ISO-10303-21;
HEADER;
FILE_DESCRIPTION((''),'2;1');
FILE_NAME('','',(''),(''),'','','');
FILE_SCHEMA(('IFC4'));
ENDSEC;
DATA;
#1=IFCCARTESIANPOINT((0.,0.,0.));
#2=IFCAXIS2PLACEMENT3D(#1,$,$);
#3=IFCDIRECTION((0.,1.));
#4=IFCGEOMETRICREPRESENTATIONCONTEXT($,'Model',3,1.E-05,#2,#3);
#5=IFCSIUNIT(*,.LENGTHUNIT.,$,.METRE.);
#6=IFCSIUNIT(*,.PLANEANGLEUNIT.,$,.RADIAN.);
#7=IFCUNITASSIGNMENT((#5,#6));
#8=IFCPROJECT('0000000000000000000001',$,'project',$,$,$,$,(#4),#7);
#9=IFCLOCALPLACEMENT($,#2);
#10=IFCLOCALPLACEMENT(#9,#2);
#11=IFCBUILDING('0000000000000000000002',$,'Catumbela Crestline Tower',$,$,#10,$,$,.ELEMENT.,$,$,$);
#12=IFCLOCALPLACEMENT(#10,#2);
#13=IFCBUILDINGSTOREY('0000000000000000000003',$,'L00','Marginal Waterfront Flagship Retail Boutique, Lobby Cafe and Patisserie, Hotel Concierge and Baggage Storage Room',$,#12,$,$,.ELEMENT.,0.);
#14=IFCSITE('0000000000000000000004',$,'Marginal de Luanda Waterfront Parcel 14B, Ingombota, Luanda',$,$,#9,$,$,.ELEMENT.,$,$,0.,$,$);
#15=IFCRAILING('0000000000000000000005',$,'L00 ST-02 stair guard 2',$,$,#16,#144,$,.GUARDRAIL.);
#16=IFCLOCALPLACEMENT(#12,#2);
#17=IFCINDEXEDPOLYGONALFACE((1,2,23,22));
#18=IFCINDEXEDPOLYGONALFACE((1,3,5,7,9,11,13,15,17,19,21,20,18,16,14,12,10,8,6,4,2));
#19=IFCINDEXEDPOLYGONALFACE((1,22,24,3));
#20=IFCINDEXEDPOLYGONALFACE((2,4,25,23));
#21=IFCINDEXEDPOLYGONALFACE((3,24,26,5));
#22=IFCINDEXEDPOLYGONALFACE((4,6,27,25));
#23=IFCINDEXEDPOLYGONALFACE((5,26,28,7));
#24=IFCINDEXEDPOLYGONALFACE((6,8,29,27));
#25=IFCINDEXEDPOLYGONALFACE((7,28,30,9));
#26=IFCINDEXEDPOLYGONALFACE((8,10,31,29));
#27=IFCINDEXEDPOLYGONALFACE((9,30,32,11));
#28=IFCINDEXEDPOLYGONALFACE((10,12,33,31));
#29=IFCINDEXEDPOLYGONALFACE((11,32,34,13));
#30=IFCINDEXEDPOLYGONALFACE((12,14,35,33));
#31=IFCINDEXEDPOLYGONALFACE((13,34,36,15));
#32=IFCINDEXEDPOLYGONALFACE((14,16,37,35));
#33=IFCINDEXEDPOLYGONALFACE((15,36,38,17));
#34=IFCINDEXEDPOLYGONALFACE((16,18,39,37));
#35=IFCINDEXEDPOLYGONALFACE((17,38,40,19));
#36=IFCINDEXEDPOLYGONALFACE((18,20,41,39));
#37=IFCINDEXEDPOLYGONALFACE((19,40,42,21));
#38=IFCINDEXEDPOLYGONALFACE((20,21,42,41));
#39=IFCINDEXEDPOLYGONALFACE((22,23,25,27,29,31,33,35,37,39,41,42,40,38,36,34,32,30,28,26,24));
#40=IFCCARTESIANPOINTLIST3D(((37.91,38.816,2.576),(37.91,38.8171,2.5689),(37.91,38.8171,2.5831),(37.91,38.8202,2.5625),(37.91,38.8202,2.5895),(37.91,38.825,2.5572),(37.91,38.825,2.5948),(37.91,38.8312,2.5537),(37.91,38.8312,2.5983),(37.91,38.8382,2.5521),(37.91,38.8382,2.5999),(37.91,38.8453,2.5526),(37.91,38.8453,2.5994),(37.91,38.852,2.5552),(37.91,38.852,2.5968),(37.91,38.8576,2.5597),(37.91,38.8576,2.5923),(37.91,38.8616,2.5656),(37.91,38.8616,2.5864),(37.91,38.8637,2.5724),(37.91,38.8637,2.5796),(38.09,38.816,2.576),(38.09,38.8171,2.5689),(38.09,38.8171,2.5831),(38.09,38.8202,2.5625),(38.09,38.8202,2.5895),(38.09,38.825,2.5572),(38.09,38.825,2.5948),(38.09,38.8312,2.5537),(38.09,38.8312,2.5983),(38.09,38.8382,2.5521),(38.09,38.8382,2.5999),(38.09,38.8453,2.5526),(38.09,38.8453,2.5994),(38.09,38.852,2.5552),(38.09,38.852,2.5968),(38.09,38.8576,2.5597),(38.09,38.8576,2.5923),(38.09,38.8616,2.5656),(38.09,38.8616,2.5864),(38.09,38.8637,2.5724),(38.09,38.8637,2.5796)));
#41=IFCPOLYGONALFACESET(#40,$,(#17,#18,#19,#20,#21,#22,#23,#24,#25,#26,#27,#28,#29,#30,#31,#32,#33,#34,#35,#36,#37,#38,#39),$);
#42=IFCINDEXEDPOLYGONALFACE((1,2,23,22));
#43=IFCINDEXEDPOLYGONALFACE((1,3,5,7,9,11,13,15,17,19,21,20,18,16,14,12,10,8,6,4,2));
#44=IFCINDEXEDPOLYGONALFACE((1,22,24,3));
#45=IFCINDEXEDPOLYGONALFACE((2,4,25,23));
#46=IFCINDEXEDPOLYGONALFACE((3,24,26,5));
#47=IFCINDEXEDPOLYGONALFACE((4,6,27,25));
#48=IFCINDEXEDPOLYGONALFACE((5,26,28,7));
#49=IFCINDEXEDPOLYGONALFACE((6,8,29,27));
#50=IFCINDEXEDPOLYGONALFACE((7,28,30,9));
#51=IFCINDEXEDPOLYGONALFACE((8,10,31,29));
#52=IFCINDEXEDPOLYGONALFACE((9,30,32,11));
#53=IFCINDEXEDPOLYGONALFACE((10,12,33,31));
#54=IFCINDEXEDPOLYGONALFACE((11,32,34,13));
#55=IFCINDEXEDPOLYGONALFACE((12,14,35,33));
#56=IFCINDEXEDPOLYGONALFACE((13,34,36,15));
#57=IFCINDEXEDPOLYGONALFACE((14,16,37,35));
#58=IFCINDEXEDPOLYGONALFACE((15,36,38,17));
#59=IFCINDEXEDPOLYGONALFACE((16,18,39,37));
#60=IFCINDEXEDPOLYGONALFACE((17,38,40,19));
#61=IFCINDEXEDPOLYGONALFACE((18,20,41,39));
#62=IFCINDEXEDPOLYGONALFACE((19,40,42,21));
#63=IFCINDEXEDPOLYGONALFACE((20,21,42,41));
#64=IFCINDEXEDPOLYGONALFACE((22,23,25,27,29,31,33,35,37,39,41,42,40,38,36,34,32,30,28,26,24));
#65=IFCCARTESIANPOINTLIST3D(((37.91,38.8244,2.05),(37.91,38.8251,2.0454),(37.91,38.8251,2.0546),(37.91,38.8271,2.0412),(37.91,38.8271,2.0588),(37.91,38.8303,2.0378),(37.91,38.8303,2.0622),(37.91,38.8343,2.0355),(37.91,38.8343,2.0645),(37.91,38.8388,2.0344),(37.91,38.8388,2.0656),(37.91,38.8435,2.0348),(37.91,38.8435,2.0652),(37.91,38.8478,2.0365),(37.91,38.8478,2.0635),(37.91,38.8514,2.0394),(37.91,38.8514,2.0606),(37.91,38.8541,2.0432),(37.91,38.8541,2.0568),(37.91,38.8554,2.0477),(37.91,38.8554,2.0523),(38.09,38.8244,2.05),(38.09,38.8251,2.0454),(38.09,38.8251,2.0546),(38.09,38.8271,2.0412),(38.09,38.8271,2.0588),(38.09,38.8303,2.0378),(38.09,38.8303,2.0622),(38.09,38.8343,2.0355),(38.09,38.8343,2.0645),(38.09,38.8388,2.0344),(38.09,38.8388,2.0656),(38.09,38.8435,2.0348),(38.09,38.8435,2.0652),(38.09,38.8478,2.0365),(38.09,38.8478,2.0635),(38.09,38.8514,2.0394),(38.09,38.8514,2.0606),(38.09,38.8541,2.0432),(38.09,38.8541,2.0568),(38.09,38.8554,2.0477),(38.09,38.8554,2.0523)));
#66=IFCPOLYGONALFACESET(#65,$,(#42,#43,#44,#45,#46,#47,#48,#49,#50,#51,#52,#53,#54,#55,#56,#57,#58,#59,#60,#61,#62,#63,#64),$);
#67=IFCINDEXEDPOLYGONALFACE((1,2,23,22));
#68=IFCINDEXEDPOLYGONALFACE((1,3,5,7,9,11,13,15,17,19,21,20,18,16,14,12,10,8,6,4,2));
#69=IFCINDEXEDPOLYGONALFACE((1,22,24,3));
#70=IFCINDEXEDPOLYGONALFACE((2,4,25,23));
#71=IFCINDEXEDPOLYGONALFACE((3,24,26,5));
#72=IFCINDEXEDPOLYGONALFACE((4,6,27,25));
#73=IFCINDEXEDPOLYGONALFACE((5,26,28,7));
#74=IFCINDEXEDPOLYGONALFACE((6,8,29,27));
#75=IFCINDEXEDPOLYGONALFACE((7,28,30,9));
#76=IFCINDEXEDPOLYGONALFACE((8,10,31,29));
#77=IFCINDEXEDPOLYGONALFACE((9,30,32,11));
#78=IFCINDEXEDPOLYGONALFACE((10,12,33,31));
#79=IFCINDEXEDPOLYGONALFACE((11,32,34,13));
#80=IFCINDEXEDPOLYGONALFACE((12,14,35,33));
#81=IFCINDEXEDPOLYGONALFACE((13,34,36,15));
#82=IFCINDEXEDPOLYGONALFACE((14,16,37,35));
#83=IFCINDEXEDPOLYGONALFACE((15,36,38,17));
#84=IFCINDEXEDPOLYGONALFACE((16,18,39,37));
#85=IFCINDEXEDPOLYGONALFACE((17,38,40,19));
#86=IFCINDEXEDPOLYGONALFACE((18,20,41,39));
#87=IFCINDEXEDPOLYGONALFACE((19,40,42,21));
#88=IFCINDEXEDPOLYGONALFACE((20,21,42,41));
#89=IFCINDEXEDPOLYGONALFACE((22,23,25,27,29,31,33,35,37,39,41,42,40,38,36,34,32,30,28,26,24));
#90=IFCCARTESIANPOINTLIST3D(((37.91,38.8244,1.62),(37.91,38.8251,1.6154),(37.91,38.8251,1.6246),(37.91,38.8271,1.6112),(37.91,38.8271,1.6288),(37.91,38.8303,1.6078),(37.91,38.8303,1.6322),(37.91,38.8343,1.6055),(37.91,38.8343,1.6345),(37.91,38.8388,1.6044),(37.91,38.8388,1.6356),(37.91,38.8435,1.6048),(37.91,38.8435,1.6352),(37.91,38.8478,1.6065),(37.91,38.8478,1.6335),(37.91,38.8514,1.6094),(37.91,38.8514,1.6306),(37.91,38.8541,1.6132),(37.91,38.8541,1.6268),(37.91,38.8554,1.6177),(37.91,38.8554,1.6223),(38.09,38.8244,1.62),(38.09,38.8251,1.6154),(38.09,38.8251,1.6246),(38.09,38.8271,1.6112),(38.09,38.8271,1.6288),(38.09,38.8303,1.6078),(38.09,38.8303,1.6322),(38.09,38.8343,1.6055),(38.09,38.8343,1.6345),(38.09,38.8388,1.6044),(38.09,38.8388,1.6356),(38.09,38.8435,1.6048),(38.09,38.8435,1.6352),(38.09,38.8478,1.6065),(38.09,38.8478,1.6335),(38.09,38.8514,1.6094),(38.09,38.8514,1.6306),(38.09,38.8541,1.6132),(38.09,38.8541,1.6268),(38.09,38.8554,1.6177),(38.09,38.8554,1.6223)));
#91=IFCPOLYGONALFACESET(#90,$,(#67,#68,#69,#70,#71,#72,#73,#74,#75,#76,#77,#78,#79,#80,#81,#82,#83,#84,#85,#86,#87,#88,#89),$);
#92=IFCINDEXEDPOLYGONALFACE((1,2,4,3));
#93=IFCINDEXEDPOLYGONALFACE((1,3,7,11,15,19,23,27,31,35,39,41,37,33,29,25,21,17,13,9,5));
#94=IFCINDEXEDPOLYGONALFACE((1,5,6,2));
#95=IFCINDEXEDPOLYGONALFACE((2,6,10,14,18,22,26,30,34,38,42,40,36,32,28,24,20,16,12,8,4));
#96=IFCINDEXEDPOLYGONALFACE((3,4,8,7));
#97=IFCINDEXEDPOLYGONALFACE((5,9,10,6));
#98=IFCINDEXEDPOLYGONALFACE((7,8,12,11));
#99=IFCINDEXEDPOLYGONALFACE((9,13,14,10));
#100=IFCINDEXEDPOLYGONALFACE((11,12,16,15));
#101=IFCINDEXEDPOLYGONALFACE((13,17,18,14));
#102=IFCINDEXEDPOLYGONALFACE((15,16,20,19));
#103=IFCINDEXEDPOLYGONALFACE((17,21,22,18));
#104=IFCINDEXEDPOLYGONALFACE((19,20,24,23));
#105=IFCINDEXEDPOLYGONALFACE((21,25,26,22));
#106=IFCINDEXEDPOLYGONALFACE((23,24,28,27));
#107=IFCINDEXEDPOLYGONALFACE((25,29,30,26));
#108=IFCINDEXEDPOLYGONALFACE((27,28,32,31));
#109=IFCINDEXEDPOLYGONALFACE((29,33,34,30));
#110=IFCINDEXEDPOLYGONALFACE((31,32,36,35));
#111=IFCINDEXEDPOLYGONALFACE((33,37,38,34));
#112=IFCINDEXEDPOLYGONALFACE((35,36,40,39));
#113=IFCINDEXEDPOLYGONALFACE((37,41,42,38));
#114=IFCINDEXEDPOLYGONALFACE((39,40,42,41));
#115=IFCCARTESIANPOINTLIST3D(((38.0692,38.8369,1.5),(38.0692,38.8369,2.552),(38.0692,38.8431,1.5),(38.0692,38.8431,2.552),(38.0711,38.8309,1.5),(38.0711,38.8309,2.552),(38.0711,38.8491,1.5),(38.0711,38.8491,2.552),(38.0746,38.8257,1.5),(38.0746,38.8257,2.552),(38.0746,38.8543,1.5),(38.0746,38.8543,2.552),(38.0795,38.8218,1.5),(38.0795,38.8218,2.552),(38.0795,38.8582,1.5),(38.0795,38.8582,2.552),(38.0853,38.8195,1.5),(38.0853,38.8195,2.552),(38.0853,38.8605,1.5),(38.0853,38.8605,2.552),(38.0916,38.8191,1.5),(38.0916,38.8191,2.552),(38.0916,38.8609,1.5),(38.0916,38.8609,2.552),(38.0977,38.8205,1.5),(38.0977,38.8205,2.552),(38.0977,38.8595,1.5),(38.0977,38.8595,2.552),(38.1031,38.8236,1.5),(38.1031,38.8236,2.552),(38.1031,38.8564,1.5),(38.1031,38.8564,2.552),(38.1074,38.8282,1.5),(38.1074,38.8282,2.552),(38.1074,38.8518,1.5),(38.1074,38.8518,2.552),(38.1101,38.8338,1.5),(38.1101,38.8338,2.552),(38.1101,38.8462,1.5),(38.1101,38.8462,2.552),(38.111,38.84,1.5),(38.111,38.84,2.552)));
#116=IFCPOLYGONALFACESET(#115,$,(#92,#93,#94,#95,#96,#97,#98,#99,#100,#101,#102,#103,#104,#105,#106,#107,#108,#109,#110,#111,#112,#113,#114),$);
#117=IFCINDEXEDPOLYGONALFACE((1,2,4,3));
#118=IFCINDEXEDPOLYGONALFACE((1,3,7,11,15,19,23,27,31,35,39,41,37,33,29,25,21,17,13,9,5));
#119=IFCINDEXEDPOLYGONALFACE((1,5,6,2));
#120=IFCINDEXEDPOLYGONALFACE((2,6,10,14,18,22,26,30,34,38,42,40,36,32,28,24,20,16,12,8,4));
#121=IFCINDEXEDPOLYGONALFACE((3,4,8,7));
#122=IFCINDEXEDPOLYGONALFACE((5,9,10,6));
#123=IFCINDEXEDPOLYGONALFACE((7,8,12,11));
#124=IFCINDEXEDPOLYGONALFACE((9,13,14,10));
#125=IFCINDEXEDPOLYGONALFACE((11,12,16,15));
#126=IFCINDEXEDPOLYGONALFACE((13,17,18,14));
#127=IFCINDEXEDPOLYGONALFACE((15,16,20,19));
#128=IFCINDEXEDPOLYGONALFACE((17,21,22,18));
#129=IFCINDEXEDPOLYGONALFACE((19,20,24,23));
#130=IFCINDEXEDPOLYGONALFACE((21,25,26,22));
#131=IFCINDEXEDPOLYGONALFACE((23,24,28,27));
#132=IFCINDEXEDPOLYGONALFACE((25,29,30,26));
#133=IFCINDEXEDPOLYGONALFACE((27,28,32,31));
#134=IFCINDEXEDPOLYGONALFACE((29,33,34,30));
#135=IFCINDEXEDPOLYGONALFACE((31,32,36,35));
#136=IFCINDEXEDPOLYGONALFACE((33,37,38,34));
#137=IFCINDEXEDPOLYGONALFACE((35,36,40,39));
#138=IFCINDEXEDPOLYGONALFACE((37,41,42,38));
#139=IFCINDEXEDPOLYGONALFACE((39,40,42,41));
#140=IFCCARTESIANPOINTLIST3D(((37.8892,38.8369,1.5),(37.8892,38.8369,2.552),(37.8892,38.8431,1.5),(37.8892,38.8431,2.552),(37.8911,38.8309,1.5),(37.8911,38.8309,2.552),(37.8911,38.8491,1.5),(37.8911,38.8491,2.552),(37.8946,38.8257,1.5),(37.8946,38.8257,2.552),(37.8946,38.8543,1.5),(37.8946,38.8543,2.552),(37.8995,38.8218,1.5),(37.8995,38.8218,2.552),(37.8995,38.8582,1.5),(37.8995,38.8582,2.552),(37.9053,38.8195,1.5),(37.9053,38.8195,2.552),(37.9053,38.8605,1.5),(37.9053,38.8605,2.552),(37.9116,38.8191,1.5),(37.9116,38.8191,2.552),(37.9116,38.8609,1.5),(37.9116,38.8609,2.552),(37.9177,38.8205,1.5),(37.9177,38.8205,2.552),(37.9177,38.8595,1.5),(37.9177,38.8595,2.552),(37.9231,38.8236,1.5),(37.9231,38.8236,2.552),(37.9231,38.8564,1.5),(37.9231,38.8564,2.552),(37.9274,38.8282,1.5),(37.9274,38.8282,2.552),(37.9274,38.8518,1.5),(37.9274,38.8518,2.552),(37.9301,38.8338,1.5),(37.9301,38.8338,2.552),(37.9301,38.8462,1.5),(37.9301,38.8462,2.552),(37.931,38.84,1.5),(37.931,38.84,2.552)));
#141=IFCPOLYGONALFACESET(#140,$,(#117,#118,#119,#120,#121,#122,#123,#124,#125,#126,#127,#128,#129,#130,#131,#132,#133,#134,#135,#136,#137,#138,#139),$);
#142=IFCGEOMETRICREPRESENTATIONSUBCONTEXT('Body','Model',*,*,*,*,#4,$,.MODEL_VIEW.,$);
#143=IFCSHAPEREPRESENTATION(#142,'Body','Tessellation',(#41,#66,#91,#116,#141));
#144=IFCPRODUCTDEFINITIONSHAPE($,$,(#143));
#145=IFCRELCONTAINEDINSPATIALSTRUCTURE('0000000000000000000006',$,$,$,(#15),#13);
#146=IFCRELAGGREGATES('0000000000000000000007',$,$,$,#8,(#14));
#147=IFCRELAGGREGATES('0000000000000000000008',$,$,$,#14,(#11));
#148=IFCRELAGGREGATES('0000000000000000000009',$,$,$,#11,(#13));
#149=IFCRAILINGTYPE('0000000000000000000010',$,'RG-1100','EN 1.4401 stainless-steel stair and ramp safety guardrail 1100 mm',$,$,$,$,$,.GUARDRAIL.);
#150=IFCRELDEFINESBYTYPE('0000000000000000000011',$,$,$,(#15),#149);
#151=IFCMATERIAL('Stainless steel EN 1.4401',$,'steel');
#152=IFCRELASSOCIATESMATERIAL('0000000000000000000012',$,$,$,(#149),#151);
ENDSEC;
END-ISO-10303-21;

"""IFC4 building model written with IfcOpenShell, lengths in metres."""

from ifc_helpers import new_model, si_unit, direction, frame, origin, origin_2d, place, context, subcontext, project, spatial, circle, extrude, material, type_object, element, save


model = new_model("IFC4")

# Units and contexts
model_context = context("Model", 3, precision=1e-05, world=origin(), true_north=direction((0.0, 1.0)))
body_context = subcontext(model_context, "Body", "Model", "MODEL_VIEW")
ifc_project = project(units=[si_unit("LENGTHUNIT", "METRE"), si_unit("PLANEANGLEUNIT", "RADIAN")], contexts=[model_context])

# Site, building, storey
site_placement = place(None, origin())
site = spatial("IfcSite", under=ifc_project, at=site_placement, Name="Marginal de Luanda Waterfront Parcel 14B, Ingombota, Luanda", CompositionType="ELEMENT", RefElevation=0.0)
building_placement = place(site_placement, origin())
building = spatial("IfcBuilding", under=site, at=building_placement, Name="Catumbela Crestline Tower", CompositionType="ELEMENT")
storey_placement = place(building_placement, origin())
storey = spatial("IfcBuildingStorey", under=building, at=storey_placement, Name="L00", Description="Marginal Waterfront Flagship Retail Boutique, Lobby Cafe and Patisserie, Hotel Concierge and Baggage Storage Room", CompositionType="ELEMENT", Elevation=0.0)

# Shared definitions
ifc_material_1 = material(Name="Stainless steel EN 1.4401", Category="steel")

# Railing
railing_type = type_object("IfcRailingType", Name="RG-1100", Description="EN 1.4401 stainless-steel stair and ramp safety guardrail 1100 mm", PredefinedType="GUARDRAIL", material=ifc_material_1)
for number, where, name in (
    (1, (38.09, 38.84, 1.5), "L00 ST-02 stair guard 2"),
):
    element("IfcRailing", number, at=place(storey_placement, frame(where)), inside=storey, type_object=railing_type, Name=name, PredefinedType="GUARDRAIL", context=body_context, shape_type="SweptSolid", body=[
        extrude(circle(Radius=0.024, at=origin_2d()), frame((0.0, 0.0, 1.076), z_axis=(-1.0, 0.0, 0.0), x_axis=(0.0, -1.0, 0.0)), (0.0, 0.0, 1.0), 0.18),
        extrude(circle(Radius=0.0156, at=origin_2d()), frame((0.0, 0.0, 0.55), z_axis=(-1.0, 0.0, 0.0), x_axis=(0.0, -1.0, 0.0)), (0.0, 0.0, 1.0), 0.18),
        extrude(circle(Radius=0.0156, at=origin_2d()), frame((0.0, 0.0, 0.12), z_axis=(-1.0, 0.0, 0.0), x_axis=(0.0, -1.0, 0.0)), (0.0, 0.0, 1.0), 0.18),
        extrude(circle(Radius=0.021, at=origin_2d()), origin(), (0.0, 0.0, 1.0), 1.052),
        extrude(circle(Radius=0.021, at=origin_2d()), frame((-0.18, 0.0, 0.0)), (0.0, 0.0, 1.0), 1.052),
    ])

save(model, "model.ifc")
